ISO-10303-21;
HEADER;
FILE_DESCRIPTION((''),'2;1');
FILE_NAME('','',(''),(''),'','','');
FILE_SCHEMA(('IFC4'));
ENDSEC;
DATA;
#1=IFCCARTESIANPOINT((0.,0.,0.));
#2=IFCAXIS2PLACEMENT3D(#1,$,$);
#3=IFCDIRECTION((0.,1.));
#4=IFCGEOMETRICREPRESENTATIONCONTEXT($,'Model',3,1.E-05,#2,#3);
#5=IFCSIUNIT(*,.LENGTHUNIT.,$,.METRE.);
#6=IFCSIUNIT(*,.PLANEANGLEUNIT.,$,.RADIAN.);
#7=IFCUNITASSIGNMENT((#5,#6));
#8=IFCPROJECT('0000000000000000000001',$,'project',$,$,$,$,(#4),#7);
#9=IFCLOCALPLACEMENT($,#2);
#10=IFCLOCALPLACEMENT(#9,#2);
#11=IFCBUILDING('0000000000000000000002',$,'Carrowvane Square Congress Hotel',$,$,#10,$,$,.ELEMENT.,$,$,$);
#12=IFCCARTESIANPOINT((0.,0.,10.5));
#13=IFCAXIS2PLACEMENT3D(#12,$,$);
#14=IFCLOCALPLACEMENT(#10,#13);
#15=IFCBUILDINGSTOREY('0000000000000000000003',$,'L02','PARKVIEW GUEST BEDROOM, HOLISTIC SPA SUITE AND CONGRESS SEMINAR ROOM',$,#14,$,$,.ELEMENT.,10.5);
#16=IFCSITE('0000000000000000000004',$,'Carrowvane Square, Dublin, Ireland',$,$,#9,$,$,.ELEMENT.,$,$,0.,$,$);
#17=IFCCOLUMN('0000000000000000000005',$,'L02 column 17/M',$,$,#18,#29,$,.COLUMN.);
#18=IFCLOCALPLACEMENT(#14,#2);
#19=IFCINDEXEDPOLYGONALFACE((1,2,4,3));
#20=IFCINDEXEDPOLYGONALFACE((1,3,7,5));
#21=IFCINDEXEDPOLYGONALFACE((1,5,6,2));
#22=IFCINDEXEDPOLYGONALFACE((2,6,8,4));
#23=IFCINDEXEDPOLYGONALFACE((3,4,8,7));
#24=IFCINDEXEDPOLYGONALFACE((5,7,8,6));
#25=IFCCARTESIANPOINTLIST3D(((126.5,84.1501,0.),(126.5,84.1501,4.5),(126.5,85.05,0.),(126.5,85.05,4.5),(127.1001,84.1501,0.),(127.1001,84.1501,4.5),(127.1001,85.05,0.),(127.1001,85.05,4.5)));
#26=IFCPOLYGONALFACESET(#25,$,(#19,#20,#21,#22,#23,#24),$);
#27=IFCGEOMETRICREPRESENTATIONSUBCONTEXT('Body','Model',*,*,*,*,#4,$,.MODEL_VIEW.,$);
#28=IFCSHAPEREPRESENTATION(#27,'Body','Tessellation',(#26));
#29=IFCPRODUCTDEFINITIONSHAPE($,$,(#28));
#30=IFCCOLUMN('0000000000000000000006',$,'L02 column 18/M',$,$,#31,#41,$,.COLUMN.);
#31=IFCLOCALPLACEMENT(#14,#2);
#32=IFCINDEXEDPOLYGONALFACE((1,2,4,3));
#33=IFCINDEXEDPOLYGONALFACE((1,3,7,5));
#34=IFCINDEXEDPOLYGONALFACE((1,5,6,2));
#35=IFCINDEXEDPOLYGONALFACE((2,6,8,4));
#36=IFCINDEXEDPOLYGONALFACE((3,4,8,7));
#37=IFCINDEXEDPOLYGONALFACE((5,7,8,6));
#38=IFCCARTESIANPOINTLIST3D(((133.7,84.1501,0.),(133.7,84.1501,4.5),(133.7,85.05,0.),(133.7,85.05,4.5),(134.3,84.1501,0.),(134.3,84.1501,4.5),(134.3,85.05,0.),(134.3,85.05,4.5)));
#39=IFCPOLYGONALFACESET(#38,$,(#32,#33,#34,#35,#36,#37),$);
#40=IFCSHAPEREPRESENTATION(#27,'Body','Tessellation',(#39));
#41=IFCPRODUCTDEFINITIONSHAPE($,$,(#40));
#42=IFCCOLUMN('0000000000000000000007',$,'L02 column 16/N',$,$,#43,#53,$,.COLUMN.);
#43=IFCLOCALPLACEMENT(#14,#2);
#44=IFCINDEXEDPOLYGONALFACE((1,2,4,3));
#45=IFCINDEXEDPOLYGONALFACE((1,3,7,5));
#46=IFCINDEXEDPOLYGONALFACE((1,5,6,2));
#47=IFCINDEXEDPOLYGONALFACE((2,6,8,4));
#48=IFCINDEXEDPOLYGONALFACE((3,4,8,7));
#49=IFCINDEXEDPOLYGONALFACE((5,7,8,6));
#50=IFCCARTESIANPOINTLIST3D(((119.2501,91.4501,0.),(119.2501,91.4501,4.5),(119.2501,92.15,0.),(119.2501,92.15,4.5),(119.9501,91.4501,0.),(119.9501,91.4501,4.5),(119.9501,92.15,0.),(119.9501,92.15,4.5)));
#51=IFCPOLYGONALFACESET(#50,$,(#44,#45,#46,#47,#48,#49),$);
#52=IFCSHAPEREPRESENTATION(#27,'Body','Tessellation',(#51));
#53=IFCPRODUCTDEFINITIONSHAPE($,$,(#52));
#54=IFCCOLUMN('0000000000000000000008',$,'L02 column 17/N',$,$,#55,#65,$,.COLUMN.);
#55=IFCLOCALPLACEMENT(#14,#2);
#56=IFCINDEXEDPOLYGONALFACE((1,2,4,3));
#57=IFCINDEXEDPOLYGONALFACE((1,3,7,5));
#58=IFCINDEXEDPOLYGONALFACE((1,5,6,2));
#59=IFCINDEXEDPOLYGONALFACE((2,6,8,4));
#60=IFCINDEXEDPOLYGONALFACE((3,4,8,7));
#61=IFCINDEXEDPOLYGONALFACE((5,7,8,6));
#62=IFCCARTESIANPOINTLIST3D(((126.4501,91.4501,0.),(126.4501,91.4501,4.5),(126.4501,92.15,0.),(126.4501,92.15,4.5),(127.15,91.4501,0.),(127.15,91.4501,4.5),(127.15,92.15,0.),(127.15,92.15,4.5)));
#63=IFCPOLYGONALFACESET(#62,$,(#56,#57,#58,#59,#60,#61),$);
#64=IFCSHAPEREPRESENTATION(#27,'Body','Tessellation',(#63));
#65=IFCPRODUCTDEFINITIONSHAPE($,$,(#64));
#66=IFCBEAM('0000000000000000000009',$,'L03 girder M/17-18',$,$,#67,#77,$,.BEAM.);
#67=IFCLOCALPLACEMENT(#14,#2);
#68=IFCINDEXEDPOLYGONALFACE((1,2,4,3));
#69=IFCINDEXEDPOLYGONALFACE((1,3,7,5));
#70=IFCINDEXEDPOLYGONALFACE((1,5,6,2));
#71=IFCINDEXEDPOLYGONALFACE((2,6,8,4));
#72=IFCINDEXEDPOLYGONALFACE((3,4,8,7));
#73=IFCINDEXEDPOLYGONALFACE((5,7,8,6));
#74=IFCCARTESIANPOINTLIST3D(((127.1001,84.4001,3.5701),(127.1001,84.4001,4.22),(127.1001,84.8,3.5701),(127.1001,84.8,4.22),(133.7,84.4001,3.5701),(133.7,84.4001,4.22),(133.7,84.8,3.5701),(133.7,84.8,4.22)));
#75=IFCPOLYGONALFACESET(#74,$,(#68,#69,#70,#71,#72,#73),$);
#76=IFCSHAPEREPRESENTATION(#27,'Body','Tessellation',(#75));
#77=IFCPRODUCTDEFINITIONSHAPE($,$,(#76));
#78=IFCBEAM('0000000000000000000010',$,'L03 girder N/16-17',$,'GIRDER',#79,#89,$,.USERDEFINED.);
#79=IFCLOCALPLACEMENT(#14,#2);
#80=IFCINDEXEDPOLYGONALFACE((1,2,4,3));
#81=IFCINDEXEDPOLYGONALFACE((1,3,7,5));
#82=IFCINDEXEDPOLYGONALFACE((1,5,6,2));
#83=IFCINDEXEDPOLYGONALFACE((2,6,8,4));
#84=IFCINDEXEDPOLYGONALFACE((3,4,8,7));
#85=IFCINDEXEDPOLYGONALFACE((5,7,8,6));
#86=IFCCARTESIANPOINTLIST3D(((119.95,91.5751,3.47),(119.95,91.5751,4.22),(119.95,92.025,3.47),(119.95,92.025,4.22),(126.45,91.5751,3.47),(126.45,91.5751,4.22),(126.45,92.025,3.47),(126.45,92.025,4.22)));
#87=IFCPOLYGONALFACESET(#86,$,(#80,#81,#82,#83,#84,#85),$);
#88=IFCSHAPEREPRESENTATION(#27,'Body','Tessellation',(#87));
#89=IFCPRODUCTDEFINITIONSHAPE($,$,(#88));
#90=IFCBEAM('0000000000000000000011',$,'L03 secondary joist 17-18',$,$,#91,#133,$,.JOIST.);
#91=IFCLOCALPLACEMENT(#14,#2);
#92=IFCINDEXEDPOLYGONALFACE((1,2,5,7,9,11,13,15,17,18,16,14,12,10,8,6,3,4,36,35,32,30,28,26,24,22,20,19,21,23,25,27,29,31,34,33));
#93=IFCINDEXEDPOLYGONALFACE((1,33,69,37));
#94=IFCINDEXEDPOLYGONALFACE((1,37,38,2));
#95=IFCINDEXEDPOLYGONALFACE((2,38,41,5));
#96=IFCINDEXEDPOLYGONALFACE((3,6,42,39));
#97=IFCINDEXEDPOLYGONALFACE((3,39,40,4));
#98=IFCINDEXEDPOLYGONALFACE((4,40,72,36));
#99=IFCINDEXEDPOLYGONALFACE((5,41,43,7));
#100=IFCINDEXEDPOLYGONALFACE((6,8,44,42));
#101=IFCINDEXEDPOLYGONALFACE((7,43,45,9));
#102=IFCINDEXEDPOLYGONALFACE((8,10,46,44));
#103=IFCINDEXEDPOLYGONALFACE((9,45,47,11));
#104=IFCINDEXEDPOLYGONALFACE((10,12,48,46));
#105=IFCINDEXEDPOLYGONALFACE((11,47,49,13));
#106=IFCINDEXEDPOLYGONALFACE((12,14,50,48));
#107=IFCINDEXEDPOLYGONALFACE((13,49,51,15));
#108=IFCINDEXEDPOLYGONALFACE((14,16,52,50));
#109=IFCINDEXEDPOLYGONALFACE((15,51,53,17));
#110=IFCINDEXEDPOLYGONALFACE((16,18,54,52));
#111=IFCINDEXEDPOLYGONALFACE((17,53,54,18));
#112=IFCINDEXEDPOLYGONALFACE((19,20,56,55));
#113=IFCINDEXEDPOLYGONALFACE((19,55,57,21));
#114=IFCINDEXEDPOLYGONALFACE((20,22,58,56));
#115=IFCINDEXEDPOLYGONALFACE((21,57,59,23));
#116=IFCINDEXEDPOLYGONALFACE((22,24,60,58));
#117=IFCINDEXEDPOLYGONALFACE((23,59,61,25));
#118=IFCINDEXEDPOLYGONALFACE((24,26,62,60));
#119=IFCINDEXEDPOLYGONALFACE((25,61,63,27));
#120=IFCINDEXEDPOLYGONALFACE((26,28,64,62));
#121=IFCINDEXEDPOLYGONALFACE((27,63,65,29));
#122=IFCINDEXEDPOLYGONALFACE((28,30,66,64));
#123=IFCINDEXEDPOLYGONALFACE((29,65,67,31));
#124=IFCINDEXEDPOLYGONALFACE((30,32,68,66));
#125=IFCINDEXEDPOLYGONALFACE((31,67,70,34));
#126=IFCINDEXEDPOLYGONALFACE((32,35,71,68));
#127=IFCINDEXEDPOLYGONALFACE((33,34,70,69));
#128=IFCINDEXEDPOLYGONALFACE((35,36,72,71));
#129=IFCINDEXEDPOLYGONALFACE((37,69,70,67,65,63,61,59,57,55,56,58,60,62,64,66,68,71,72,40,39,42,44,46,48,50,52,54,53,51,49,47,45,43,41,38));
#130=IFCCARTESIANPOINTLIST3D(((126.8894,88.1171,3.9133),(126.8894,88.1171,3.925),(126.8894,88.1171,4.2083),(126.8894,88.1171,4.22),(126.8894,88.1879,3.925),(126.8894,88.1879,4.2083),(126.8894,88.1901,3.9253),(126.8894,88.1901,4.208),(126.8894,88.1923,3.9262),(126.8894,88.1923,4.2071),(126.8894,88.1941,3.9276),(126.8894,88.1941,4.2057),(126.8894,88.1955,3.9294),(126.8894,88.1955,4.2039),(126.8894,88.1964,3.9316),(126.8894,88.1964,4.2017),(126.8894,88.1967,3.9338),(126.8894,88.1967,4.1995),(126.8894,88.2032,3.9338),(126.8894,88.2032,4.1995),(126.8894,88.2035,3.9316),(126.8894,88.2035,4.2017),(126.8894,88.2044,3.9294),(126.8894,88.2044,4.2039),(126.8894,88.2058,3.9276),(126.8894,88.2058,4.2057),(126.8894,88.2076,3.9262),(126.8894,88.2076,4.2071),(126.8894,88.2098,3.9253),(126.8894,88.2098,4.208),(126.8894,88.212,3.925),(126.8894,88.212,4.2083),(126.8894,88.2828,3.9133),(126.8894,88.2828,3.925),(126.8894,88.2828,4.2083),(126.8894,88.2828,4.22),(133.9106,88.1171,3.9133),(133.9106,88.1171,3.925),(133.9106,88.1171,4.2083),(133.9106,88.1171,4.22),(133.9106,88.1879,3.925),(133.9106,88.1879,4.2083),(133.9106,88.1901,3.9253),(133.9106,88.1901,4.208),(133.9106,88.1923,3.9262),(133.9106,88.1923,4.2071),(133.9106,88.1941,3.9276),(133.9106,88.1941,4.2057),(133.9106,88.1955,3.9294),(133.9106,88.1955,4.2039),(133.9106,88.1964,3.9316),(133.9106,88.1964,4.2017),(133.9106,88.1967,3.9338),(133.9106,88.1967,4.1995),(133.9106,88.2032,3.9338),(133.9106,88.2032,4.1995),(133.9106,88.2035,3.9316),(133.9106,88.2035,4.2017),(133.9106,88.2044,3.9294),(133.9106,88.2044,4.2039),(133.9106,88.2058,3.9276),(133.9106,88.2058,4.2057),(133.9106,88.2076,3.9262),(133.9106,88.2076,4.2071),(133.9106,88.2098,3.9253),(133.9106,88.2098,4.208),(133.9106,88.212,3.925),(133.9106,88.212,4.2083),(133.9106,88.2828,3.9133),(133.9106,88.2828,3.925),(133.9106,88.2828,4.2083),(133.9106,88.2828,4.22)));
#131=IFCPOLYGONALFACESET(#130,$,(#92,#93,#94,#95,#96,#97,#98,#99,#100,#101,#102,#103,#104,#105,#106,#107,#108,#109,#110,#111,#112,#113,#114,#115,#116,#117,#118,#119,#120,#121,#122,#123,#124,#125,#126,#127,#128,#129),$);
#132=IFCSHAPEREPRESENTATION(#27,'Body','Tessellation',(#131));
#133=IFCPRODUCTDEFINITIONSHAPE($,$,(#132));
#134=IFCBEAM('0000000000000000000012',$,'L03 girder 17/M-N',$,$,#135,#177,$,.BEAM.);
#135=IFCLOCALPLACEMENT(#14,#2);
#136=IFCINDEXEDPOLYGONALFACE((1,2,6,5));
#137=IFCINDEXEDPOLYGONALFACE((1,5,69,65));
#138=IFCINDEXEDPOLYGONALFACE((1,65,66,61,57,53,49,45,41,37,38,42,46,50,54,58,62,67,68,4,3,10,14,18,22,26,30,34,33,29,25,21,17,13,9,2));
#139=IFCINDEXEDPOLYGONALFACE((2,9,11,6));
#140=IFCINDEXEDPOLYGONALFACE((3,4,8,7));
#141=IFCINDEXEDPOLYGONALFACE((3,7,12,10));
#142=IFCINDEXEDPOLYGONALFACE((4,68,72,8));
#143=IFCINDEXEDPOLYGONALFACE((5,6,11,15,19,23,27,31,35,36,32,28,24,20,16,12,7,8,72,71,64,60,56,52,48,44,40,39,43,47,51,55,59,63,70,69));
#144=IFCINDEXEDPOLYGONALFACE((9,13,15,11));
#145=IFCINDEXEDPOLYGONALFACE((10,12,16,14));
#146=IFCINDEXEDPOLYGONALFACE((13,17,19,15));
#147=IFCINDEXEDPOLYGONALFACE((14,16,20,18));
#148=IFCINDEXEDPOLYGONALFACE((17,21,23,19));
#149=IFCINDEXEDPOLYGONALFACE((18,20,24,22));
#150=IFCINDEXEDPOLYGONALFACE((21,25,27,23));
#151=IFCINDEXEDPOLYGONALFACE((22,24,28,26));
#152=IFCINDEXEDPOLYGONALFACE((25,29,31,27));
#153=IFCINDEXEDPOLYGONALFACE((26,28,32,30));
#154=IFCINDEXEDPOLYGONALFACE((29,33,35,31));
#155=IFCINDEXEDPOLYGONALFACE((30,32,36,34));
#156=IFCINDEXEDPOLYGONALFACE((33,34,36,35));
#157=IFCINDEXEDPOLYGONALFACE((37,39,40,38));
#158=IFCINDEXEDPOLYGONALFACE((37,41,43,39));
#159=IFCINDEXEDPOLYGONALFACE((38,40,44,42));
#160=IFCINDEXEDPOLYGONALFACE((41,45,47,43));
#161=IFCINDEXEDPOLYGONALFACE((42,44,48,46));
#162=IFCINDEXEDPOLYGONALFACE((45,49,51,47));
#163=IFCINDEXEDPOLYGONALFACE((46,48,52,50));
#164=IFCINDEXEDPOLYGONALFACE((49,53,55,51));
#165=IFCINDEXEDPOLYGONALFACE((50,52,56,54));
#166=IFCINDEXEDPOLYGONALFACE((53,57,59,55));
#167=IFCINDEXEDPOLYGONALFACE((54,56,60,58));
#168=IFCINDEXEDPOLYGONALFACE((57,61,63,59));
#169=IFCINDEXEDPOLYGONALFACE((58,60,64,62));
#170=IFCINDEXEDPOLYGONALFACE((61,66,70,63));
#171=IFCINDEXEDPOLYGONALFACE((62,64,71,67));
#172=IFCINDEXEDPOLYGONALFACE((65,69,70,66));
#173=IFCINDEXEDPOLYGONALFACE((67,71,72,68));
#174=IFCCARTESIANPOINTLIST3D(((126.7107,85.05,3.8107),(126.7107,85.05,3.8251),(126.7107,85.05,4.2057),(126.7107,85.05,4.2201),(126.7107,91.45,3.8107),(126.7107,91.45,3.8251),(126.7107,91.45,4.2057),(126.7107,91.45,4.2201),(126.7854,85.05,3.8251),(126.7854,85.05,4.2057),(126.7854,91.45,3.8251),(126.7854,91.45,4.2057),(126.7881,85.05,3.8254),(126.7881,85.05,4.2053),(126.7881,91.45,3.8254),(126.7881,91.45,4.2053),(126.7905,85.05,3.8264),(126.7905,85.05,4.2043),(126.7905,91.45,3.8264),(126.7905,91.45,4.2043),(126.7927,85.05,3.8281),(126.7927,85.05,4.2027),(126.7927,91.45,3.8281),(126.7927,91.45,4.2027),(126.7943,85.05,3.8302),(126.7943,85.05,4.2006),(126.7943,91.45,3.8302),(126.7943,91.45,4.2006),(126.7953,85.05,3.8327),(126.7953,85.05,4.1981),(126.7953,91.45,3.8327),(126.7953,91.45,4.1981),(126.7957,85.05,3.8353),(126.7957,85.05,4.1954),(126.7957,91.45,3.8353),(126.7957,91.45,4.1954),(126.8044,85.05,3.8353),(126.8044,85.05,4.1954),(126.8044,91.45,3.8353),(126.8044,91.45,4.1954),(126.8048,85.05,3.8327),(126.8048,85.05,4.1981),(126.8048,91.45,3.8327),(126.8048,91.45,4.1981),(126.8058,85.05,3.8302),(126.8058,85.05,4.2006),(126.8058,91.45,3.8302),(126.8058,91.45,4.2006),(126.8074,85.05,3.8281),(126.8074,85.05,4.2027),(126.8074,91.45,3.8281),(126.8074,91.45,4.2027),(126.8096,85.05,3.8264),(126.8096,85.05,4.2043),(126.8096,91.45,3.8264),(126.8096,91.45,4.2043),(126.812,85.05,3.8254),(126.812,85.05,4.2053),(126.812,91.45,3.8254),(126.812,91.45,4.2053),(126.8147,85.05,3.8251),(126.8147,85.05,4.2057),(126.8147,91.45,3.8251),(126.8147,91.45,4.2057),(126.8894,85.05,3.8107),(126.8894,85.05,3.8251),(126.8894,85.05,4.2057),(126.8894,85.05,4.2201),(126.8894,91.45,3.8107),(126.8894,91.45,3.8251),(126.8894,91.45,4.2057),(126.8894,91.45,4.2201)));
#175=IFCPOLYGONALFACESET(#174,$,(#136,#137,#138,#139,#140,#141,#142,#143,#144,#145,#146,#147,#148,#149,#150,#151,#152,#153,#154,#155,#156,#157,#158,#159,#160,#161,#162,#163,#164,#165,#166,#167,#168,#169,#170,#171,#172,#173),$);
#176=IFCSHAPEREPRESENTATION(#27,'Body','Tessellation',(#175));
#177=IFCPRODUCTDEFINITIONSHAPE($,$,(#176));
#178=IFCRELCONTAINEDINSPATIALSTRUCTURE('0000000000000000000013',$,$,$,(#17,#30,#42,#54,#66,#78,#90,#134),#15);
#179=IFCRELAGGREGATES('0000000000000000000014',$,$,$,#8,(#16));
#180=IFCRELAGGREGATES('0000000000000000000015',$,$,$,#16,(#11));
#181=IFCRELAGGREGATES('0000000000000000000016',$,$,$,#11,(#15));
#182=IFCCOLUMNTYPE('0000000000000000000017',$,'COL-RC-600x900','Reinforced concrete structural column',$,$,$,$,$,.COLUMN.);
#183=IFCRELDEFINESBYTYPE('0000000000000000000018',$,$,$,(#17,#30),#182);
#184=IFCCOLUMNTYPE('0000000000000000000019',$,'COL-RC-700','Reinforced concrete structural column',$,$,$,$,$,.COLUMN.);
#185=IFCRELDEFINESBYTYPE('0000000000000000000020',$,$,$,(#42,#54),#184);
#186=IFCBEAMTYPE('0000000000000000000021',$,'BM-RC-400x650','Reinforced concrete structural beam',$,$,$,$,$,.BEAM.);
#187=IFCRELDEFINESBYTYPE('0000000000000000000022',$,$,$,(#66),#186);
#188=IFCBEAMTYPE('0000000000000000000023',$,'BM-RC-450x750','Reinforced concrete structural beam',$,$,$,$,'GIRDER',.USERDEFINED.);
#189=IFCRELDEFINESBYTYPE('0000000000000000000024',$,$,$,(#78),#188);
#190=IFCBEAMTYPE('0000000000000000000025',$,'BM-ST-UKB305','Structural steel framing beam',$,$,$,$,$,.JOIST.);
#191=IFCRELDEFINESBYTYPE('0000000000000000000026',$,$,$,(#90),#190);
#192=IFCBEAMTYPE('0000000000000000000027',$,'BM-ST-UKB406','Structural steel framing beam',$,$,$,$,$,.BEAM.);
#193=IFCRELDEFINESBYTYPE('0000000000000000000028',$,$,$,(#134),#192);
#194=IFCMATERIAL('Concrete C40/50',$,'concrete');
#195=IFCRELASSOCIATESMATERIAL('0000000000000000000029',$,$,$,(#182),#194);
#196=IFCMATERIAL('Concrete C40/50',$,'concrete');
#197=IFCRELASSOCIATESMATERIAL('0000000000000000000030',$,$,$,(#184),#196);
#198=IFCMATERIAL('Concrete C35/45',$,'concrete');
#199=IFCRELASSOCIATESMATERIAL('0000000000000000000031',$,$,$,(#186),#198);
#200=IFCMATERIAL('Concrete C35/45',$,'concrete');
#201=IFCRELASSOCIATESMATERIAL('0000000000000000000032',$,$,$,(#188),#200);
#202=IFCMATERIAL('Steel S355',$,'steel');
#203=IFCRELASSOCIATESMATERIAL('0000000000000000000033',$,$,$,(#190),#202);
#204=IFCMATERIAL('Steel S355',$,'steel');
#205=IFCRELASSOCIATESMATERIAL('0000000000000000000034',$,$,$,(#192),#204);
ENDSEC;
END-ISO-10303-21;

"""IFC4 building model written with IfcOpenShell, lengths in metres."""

from ifc_helpers import new_model, si_unit, direction, frame, origin, origin_2d, place, context, subcontext, project, spatial, rectangle, i_section, extrude, material, material_profile, profile_set, type_object, element, save


model = new_model("IFC4")

# Units and contexts
model_context = context("Model", 3, precision=1e-05, world=origin(), true_north=direction((0.0, 1.0)))
body_context = subcontext(model_context, "Body", "Model", "MODEL_VIEW")
ifc_project = project(units=[si_unit("LENGTHUNIT", "METRE"), si_unit("PLANEANGLEUNIT", "RADIAN")], contexts=[model_context])

# Site, building, storey
site_placement = place(None, origin())
site = spatial("IfcSite", under=ifc_project, at=site_placement, Name="Carrowvane Square, Dublin, Ireland", CompositionType="ELEMENT", RefElevation=0.0)
building_placement = place(site_placement, origin())
building = spatial("IfcBuilding", under=site, at=building_placement, Name="Carrowvane Square Congress Hotel", CompositionType="ELEMENT")
storey_placement = place(building_placement, frame((0.0, 0.0, 10.5)))
storey = spatial("IfcBuildingStorey", under=building, at=storey_placement, Name="L02", Description="PARKVIEW GUEST BEDROOM, HOLISTIC SPA SUITE AND CONGRESS SEMINAR ROOM", CompositionType="ELEMENT", Elevation=10.5)

# Columns
ifc_material_1 = material(Name="Concrete C40/50", Category="concrete")
ifc_material_profile_1 = material_profile(ifc_material_1, rectangle(XDim=0.6001, YDim=0.8999, at=origin_2d()), Name="RC 600x900")
ifc_profile_set_1 = profile_set([ifc_material_profile_1], Name="Concrete C40/50")
column_type_1 = type_object("IfcColumnType", Name="COL-RC-600x900", Description="Reinforced concrete structural column", PredefinedType="COLUMN", material=ifc_profile_set_1)
for number, where, z_axis, x_axis, name in (
    (1, (126.8, 84.6001, 0.0), (0.0, 0.0, 1.0), (1.0, 0.0, 0.0), "L02 column 17/M"),
    (2, (134.0, 84.6001, 0.0), (0.0, 0.0, 1.0), (1.0, 0.0, 0.0), "L02 column 18/M"),
):
    element("IfcColumn", number, at=place(storey_placement, frame(where, z_axis=z_axis, x_axis=x_axis)), inside=storey, type_object=column_type_1, Name=name, PredefinedType="COLUMN", context=body_context, shape_type="SweptSolid", body=[
        extrude(rectangle(XDim=0.6001, YDim=0.8999, at=origin_2d()), origin(), (0.0, 0.0, 1.0), 4.5),
    ])
ifc_material_2 = material(Name="Concrete C40/50", Category="concrete")
ifc_material_profile_2 = material_profile(ifc_material_2, rectangle(XDim=0.7, YDim=0.7, at=origin_2d()), Name="RC 700x700")
ifc_profile_set_2 = profile_set([ifc_material_profile_2], Name="Concrete C40/50")
column_type_2 = type_object("IfcColumnType", Name="COL-RC-700", Description="Reinforced concrete structural column", PredefinedType="COLUMN", material=ifc_profile_set_2)
for number, where, z_axis, x_axis, name in (
    (3, (119.6001, 91.8, 0.0), (0.0, 0.0, 1.0), (1.0, 0.0, 0.0), "L02 column 16/N"),
    (4, (126.8, 91.8, 0.0), (0.0, 0.0, 1.0), (1.0, 0.0, 0.0), "L02 column 17/N"),
):
    element("IfcColumn", number, at=place(storey_placement, frame(where, z_axis=z_axis, x_axis=x_axis)), inside=storey, type_object=column_type_2, Name=name, PredefinedType="COLUMN", context=body_context, shape_type="SweptSolid", body=[
        extrude(rectangle(XDim=0.7, YDim=0.7, at=origin_2d()), origin(), (0.0, 0.0, 1.0), 4.5),
    ])

# Beams
ifc_material_3 = material(Name="Concrete C35/45", Category="concrete")
ifc_material_profile_3 = material_profile(ifc_material_3, rectangle(XDim=0.3999, YDim=0.6499, at=origin_2d()), Name="RC 400x650")
ifc_profile_set_3 = profile_set([ifc_material_profile_3], Name="Concrete C35/45")
beam_type_1 = type_object("IfcBeamType", Name="BM-RC-400x650", Description="Reinforced concrete structural beam", PredefinedType="BEAM", material=ifc_profile_set_3)
beam_1_placement = place(storey_placement, frame((127.1001, 84.6001, 3.895), z_axis=(1.0, 0.0, 0.0), x_axis=(0.0, 1.0, 0.0)))
element("IfcBeam", 5, at=beam_1_placement, inside=storey, type_object=beam_type_1, Name="L03 girder M/17-18", PredefinedType="BEAM", context=body_context, shape_type="SweptSolid", body=[
    extrude(rectangle(XDim=0.3999, YDim=0.6499, at=origin_2d()), origin(), (0.0, 0.0, 1.0), 6.5999),
])
ifc_material_4 = material(Name="Concrete C35/45", Category="concrete")
ifc_material_profile_4 = material_profile(ifc_material_4, rectangle(XDim=0.45, YDim=0.75, at=origin_2d()), Name="RC 450x750")
ifc_profile_set_4 = profile_set([ifc_material_profile_4], Name="Concrete C35/45")
beam_type_2 = type_object("IfcBeamType", Name="BM-RC-450x750", Description="Reinforced concrete structural beam", ElementType="GIRDER", PredefinedType="USERDEFINED", material=ifc_profile_set_4)
beam_2_placement = place(storey_placement, frame((119.95, 91.8, 3.845), z_axis=(1.0, 0.0, 0.0), x_axis=(0.0, 1.0, 0.0)))
element("IfcBeam", 6, at=beam_2_placement, inside=storey, type_object=beam_type_2, Name="L03 girder N/16-17", ObjectType="GIRDER", PredefinedType="USERDEFINED", context=body_context, shape_type="SweptSolid", body=[
    extrude(rectangle(XDim=0.45, YDim=0.75, at=origin_2d()), origin(), (0.0, 0.0, 1.0), 6.5),
])
ifc_material_5 = material(Name="Steel S355", Category="steel")
ifc_material_profile_5 = material_profile(ifc_material_5, i_section(OverallWidth=0.1658, OverallDepth=0.3066, WebThickness=0.0066, FlangeThickness=0.0117, FilletRadius=0.0088, at=origin_2d()), Name="UKB 305x165x46")
ifc_profile_set_5 = profile_set([ifc_material_profile_5], Name="Steel S355")
beam_type_3 = type_object("IfcBeamType", Name="BM-ST-UKB305", Description="Structural steel framing beam", PredefinedType="JOIST", material=ifc_profile_set_5)
beam_3_placement = place(storey_placement, frame((126.8894, 88.2, 4.0667), z_axis=(1.0, 0.0, 0.0), x_axis=(0.0, 1.0, 0.0)))
element("IfcBeam", 7, at=beam_3_placement, inside=storey, type_object=beam_type_3, Name="L03 secondary joist 17-18", PredefinedType="JOIST", context=body_context, shape_type="SweptSolid", body=[
    extrude(i_section(OverallWidth=0.1658, OverallDepth=0.3066, WebThickness=0.0066, FlangeThickness=0.0117, FilletRadius=0.0088, at=origin_2d()), origin(), (0.0, 0.0, 1.0), 7.0212),
])
ifc_material_6 = material(Name="Steel S355", Category="steel")
ifc_material_profile_6 = material_profile(ifc_material_6, i_section(OverallWidth=0.1787, OverallDepth=0.4094, WebThickness=0.0088, FlangeThickness=0.0144, FilletRadius=0.0103, at=origin_2d()), Name="UKB 406x178x67")
ifc_profile_set_6 = profile_set([ifc_material_profile_6], Name="Steel S355")
beam_type_4 = type_object("IfcBeamType", Name="BM-ST-UKB406", Description="Structural steel framing beam", PredefinedType="BEAM", material=ifc_profile_set_6)
for number, where, z_axis, x_axis, name in (
    (8, (126.8, 85.05, 4.0154), (0.0, 1.0, 0.0), (-1.0, 0.0, 0.0), "L03 girder 17/M-N"),
):
    element("IfcBeam", number, at=place(storey_placement, frame(where, z_axis=z_axis, x_axis=x_axis)), inside=storey, type_object=beam_type_4, Name=name, PredefinedType="BEAM", context=body_context, shape_type="SweptSolid", body=[
        extrude(i_section(OverallWidth=0.1787, OverallDepth=0.4094, WebThickness=0.0088, FlangeThickness=0.0144, FilletRadius=0.0103, at=origin_2d()), origin(), (0.0, 0.0, 1.0), 6.3999),
    ])

save(model, "model.ifc")
